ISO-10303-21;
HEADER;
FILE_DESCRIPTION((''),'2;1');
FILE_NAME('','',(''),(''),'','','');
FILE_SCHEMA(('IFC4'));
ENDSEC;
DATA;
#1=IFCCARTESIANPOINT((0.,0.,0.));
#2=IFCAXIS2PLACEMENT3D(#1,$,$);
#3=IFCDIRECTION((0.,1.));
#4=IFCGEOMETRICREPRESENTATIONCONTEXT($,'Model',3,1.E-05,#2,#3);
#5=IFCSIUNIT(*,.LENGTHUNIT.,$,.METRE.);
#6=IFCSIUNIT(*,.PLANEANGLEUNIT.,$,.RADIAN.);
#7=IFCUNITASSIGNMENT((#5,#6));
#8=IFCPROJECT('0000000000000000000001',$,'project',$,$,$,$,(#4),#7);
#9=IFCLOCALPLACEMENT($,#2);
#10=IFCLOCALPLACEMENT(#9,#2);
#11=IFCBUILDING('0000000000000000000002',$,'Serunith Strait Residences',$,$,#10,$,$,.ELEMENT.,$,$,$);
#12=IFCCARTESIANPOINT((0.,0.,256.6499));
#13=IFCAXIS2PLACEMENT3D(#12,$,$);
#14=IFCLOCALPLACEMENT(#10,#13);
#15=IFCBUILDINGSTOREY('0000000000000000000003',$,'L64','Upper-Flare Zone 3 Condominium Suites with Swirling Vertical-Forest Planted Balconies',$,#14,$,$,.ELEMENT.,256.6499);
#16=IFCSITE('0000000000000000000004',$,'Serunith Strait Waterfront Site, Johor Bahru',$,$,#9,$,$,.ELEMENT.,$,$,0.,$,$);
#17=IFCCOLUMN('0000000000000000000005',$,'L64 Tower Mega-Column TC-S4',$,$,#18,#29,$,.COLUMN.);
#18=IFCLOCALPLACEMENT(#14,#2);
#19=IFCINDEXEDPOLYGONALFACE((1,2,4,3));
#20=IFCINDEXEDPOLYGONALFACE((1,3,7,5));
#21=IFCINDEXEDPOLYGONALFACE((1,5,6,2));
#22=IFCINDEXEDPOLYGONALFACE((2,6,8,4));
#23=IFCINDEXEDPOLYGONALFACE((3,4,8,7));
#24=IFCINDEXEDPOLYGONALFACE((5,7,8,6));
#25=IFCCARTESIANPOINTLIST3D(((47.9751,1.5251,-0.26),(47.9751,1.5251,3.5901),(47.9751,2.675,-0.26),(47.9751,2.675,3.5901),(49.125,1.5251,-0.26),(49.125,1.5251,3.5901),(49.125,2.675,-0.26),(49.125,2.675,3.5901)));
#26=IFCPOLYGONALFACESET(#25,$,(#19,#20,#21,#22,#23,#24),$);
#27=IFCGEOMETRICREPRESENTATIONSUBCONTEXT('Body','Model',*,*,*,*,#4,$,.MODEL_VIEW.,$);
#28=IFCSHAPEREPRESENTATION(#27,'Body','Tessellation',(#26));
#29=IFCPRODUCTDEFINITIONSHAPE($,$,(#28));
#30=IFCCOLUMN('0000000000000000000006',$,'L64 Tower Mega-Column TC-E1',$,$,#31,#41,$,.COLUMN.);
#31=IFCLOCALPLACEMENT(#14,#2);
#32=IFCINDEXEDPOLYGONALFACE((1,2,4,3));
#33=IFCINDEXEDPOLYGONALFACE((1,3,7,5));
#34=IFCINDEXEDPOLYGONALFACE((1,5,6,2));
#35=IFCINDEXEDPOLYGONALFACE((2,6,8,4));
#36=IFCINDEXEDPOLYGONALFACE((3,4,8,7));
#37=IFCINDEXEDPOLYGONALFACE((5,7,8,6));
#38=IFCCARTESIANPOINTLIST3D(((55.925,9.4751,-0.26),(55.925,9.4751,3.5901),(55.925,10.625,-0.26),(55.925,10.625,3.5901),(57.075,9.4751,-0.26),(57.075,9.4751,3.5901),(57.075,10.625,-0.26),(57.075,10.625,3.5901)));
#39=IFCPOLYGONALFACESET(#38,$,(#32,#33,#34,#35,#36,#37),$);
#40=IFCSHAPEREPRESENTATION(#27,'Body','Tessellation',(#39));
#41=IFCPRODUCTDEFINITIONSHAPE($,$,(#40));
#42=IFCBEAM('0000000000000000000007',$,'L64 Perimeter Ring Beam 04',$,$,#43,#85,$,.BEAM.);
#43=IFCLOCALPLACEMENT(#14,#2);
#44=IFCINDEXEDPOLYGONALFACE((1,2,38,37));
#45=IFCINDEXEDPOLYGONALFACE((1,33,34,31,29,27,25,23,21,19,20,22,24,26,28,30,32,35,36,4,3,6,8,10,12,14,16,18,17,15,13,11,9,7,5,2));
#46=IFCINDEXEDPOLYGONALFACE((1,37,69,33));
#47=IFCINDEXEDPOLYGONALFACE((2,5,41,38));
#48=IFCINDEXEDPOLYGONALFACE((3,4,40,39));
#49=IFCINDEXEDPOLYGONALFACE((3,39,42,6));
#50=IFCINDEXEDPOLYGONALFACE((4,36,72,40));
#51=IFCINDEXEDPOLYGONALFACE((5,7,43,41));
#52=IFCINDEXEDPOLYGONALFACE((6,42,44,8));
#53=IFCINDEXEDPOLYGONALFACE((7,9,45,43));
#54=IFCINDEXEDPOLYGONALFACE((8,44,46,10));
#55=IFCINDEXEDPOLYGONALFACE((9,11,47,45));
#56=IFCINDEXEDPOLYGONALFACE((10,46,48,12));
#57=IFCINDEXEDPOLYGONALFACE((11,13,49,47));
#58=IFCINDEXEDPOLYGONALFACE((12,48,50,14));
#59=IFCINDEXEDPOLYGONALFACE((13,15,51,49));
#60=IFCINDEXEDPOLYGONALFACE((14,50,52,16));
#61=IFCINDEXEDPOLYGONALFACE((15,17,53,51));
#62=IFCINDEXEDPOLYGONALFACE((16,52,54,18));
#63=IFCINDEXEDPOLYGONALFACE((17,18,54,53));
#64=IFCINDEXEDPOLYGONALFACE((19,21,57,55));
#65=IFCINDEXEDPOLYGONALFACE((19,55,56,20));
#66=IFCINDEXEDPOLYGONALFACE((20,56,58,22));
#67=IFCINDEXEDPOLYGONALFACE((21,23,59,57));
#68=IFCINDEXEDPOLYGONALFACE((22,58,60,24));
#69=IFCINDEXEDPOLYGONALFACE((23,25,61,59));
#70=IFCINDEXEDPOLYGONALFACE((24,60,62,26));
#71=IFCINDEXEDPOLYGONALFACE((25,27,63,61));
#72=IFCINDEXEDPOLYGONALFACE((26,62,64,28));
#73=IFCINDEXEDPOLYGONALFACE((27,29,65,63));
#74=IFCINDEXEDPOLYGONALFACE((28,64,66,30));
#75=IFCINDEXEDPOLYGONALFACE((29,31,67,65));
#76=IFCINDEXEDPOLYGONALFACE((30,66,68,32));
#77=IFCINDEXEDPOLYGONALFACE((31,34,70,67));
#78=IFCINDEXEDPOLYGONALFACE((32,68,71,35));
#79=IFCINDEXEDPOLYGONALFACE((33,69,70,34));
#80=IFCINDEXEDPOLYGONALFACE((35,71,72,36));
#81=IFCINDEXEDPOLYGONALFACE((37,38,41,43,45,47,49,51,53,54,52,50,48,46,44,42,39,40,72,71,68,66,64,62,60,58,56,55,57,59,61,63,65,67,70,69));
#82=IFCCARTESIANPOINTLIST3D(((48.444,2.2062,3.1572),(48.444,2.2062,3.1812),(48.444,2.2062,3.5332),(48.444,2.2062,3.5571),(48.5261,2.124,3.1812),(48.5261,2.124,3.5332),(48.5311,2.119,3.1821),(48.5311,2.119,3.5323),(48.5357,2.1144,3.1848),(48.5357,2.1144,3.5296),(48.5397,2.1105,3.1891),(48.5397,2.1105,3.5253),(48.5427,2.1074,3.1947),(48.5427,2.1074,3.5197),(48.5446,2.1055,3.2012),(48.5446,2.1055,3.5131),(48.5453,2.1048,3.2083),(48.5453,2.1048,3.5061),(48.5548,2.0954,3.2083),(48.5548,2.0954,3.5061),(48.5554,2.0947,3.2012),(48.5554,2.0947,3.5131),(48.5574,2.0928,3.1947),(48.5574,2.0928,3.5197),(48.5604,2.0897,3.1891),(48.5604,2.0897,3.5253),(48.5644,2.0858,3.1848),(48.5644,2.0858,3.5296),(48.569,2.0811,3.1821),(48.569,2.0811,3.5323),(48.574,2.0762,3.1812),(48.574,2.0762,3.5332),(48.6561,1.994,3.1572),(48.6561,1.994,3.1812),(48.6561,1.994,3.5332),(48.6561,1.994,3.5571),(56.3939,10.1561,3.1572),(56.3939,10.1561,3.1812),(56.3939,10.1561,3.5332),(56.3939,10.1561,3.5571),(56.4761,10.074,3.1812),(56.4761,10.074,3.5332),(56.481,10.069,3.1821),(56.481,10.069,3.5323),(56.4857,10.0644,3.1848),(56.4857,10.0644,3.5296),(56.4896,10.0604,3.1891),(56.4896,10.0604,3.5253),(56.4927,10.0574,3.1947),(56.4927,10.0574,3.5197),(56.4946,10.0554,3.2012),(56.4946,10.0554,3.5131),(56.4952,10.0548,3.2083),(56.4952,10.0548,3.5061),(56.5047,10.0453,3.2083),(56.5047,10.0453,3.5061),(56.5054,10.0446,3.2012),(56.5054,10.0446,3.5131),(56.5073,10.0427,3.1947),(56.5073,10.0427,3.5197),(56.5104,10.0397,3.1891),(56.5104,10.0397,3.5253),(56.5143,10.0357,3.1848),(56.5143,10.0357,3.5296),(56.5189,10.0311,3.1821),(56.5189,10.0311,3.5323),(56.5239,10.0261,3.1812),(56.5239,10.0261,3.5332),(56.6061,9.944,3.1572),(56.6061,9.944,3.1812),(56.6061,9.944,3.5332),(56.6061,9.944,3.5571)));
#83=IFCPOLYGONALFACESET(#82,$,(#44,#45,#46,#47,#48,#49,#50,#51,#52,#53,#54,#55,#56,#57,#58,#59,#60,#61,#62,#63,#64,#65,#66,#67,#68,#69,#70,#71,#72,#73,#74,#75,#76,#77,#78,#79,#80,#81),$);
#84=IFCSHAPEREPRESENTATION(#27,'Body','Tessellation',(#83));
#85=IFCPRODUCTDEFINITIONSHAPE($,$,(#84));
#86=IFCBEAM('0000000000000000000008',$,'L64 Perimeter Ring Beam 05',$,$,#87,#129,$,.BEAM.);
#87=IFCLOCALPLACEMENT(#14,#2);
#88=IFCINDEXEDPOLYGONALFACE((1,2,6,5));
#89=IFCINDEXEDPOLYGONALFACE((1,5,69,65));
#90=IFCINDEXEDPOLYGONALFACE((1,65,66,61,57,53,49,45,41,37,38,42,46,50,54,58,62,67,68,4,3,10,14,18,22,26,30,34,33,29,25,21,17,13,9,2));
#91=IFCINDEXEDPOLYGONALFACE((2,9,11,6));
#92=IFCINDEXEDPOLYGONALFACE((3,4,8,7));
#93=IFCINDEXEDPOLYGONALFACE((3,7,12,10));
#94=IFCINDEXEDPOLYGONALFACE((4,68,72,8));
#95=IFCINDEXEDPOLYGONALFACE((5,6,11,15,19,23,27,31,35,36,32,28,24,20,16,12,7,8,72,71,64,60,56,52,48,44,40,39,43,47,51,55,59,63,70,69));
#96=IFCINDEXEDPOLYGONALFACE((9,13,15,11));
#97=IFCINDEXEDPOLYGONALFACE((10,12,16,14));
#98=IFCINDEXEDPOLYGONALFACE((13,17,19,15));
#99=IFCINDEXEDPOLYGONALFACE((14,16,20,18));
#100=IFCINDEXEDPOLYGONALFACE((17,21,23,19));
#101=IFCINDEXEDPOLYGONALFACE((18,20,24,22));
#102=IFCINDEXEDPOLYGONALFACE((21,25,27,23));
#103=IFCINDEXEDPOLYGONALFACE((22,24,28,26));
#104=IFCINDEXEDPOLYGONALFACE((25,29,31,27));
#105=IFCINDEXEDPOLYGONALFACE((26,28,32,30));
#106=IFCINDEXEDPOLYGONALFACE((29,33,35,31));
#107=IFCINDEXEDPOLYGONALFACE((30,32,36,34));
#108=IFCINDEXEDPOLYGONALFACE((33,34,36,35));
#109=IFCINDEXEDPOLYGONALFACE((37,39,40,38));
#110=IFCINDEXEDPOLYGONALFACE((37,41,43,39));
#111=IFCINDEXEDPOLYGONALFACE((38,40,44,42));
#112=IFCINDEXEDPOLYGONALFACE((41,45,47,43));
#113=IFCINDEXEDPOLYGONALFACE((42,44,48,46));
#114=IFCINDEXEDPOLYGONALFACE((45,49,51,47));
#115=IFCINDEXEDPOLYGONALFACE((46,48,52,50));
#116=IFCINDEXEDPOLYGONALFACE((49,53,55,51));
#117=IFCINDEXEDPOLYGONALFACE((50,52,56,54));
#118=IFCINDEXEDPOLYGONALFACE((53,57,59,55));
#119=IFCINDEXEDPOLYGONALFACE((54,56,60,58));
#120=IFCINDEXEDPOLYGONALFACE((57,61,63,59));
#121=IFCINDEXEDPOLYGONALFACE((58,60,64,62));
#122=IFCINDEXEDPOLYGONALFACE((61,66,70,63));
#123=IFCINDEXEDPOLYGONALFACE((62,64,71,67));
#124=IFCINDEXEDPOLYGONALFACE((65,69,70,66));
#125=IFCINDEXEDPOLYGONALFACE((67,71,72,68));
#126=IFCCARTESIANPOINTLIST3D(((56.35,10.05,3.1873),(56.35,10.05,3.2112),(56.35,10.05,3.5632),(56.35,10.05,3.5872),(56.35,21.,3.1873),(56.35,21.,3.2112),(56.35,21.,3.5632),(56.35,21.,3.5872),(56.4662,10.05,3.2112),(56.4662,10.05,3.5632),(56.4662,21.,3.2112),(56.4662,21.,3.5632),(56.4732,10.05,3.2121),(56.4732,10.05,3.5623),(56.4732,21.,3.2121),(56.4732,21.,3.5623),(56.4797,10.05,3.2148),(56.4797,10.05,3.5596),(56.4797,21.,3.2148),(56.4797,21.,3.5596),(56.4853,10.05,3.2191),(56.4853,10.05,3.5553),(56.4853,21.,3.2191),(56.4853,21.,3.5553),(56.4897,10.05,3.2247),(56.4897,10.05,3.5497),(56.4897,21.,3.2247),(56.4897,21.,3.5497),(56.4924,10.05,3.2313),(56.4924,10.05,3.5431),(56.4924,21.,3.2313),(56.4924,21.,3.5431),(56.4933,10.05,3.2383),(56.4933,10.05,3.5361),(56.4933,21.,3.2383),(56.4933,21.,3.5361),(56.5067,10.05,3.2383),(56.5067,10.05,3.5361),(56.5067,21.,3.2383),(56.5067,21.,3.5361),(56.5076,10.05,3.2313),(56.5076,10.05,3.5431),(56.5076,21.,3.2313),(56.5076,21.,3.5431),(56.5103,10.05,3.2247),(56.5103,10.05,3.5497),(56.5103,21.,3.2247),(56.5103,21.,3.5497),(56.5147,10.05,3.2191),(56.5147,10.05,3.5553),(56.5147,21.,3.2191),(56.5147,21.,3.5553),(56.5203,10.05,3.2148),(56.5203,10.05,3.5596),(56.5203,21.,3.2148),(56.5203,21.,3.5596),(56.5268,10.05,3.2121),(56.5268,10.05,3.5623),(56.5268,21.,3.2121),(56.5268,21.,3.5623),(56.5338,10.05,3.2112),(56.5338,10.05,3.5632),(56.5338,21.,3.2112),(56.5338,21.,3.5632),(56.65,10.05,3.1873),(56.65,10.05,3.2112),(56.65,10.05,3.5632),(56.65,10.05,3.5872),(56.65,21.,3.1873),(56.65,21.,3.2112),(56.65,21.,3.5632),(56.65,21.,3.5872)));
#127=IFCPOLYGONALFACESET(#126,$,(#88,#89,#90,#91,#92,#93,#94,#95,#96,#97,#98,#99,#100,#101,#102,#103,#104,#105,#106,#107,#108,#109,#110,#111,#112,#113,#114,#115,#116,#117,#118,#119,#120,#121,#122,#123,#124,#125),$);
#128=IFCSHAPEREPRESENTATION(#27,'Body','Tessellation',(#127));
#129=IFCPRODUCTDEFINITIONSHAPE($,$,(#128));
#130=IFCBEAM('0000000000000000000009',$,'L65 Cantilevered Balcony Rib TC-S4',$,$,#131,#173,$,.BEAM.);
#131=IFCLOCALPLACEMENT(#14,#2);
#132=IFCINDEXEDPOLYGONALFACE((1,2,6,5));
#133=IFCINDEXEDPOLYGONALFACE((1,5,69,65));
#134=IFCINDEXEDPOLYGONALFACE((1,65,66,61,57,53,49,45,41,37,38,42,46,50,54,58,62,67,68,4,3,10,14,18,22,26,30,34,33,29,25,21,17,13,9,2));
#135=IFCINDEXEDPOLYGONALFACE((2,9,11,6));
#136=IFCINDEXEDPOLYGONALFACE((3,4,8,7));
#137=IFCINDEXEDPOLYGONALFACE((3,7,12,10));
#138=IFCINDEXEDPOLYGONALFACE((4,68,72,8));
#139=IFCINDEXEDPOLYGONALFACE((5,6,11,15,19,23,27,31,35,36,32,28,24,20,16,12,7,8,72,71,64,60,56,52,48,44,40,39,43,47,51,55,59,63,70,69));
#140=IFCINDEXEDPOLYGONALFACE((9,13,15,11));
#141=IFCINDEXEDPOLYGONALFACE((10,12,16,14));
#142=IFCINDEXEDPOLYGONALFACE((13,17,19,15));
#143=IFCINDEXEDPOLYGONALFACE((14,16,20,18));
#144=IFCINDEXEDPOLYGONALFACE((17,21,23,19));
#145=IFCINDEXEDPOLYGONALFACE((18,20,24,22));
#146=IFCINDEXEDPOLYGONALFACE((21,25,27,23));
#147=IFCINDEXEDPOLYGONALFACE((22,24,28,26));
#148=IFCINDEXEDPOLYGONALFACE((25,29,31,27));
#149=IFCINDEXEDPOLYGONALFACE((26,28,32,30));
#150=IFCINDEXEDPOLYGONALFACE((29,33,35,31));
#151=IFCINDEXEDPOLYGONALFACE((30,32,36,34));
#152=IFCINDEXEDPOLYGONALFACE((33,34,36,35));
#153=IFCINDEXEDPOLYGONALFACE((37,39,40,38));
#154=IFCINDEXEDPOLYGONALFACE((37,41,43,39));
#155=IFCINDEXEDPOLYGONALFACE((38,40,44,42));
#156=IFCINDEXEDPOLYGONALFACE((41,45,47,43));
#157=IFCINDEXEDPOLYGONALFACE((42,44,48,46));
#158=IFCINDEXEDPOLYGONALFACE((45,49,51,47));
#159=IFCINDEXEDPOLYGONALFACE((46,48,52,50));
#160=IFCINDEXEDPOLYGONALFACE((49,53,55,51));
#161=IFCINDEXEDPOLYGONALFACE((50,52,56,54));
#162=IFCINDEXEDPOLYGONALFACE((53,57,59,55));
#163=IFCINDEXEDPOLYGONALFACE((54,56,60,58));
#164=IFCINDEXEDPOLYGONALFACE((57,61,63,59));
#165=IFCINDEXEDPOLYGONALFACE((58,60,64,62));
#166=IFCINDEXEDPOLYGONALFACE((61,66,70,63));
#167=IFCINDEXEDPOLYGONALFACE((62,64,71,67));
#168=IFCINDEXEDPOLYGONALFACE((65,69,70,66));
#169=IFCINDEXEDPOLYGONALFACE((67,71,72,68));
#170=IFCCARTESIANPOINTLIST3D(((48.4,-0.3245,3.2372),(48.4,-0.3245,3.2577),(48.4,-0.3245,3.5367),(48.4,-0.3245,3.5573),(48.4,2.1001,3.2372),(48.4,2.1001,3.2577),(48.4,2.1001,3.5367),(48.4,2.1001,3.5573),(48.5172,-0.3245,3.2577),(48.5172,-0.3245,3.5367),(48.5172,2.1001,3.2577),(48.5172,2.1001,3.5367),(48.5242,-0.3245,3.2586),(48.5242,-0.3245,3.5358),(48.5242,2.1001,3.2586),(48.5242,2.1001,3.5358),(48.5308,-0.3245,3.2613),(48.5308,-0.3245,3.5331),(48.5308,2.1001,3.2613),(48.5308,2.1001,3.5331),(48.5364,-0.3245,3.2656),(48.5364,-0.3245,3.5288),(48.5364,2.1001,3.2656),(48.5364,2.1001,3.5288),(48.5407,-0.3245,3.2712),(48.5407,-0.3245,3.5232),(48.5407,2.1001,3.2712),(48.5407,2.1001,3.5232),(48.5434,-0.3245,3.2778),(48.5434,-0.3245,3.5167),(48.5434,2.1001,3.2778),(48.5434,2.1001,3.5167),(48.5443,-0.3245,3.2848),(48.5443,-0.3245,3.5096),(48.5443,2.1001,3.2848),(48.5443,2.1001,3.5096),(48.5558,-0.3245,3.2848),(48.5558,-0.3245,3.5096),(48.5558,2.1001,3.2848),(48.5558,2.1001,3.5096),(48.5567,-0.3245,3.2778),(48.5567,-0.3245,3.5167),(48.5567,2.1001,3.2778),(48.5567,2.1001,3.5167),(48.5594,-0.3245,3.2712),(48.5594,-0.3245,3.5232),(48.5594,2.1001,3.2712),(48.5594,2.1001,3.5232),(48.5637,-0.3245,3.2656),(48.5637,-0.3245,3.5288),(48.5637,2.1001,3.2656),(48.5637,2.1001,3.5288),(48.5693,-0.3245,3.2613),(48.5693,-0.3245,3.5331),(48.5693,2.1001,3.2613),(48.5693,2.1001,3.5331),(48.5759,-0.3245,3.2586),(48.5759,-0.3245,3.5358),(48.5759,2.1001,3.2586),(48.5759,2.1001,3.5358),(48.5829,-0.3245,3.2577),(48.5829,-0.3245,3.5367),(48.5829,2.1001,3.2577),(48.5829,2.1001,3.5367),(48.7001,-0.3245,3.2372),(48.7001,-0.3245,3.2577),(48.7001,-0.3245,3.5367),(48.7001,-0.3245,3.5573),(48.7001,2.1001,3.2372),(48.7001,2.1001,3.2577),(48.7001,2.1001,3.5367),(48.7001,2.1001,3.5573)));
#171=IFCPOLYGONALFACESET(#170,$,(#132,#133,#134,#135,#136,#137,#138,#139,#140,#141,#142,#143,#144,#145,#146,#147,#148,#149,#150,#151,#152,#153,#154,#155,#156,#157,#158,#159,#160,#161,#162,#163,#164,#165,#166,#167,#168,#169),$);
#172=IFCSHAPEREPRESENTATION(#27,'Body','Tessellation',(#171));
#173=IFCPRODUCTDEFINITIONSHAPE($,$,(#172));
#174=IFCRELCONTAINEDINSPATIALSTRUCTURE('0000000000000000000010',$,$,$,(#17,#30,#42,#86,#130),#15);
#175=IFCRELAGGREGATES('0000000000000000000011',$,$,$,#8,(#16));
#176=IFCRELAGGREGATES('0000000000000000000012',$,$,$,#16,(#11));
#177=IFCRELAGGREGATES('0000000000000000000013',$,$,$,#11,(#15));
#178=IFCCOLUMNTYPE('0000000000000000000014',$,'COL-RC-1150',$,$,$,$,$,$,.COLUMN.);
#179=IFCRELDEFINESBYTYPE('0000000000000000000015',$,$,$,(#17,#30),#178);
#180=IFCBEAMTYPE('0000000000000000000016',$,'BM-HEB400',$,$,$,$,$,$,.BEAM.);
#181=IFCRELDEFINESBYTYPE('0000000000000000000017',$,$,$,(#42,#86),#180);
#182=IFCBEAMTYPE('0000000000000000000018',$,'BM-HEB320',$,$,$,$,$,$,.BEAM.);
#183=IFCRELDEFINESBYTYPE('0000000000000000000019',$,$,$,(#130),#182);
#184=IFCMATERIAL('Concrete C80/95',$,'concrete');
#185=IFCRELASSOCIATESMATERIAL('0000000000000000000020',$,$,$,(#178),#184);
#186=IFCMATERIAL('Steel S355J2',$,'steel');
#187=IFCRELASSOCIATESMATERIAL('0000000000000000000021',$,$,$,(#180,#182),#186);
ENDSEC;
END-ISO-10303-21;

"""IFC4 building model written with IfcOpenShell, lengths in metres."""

from ifc_helpers import new_model, si_unit, direction, frame, origin, origin_2d, place, context, subcontext, project, spatial, rectangle, i_section, extrude, source, transform, mapped, material, material_profile, profile_set, type_object, element, save


model = new_model("IFC4")

# Units and contexts
model_context = context("Model", 3, precision=1e-05, world=origin(), true_north=direction((0.0, 1.0)))
body_context = subcontext(model_context, "Body", "Model", "MODEL_VIEW")
ifc_project = project(units=[si_unit("LENGTHUNIT", "METRE"), si_unit("PLANEANGLEUNIT", "RADIAN")], contexts=[model_context])

# Site, building, storey
site_placement = place(None, origin())
site = spatial("IfcSite", under=ifc_project, at=site_placement, Name="Serunith Strait Waterfront Site, Johor Bahru", CompositionType="ELEMENT", RefElevation=0.0)
building_placement = place(site_placement, origin())
building = spatial("IfcBuilding", under=site, at=building_placement, Name="Serunith Strait Residences", CompositionType="ELEMENT")
storey_placement = place(building_placement, frame((0.0, 0.0, 256.6499)))
storey = spatial("IfcBuildingStorey", under=building, at=storey_placement, Name="L64", Description="Upper-Flare Zone 3 Condominium Suites with Swirling Vertical-Forest Planted Balconies", CompositionType="ELEMENT", Elevation=256.6499)

# Columns
ifc_material_1 = material(Name="Concrete C80/95", Category="concrete")
ifc_material_profile_1 = material_profile(ifc_material_1, rectangle(XDim=1.1499, YDim=1.1499, at=origin_2d()), Name="RC 1150x1150")
ifc_profile_set_1 = profile_set([ifc_material_profile_1], Name="Concrete C80/95")
column_type = type_object("IfcColumnType", Name="COL-RC-1150", PredefinedType="COLUMN", material=ifc_profile_set_1)
shared_shape_1 = source(origin(), body_context, "Body", "SweptSolid", [
    extrude(rectangle(XDim=1.1499, YDim=1.1499, at=origin_2d()), origin(), (0.0, 0.0, 1.0), 3.8501),
])
for number, where, z_axis, x_axis, name in (
    (1, (48.55, 2.1001, -0.26), (0.0, 0.0, 1.0), (1.0, 0.0, 0.0), "L64 Tower Mega-Column TC-S4"),
    (2, (56.5, 10.05, -0.26), (0.0, 0.0, 1.0), (1.0, 0.0, 0.0), "L64 Tower Mega-Column TC-E1"),
):
    element("IfcColumn", number, at=place(storey_placement, frame(where, z_axis=z_axis, x_axis=x_axis)), inside=storey, type_object=column_type, Name=name, PredefinedType="COLUMN", context=body_context, shape_type="MappedRepresentation", body=[
        mapped(shared_shape_1, transform((0.0, 0.0, 0.0), scale=1.0)),
    ])

# Beams
ifc_material_2 = material(Name="Steel S355J2", Category="steel")
ifc_material_profile_2 = material_profile(ifc_material_2, i_section(OverallWidth=0.3, OverallDepth=0.3999, WebThickness=0.0134, FlangeThickness=0.0239, FilletRadius=0.0271, at=origin_2d()), Name="HEB 400")
ifc_profile_set_2 = profile_set([ifc_material_profile_2], Name="Steel S355J2")
beam_type_1 = type_object("IfcBeamType", Name="BM-HEB400", PredefinedType="BEAM", material=ifc_profile_set_2)
shared_shape_2 = source(origin(), body_context, "Body", "SweptSolid", [
    extrude(i_section(OverallWidth=0.3, OverallDepth=0.3999, WebThickness=0.0134, FlangeThickness=0.0239, FilletRadius=0.0271, at=origin_2d()), origin(), (0.0, 0.0, 1.0), 11.2429),
])
beam_1_placement = place(storey_placement, frame((48.55, 2.1001, 3.3572), z_axis=(0.707107, 0.707107, 0.0), x_axis=(-0.707107, 0.707107, 0.0)))
element("IfcBeam", 3, at=beam_1_placement, inside=storey, type_object=beam_type_1, Name="L64 Perimeter Ring Beam 04", PredefinedType="BEAM", context=body_context, shape_type="MappedRepresentation", body=[
    mapped(shared_shape_2, transform((0.0, 0.0, 0.0), scale=1.0)),
])
shared_shape_3 = source(origin(), body_context, "Body", "SweptSolid", [
    extrude(i_section(OverallWidth=0.3, OverallDepth=0.3999, WebThickness=0.0134, FlangeThickness=0.0239, FilletRadius=0.0271, at=origin_2d()), origin(), (0.0, 0.0, 1.0), 10.95),
])
beam_2_placement = place(storey_placement, frame((56.5, 10.05, 3.3872), z_axis=(0.0, 1.0, 0.0), x_axis=(-1.0, 0.0, 0.0)))
element("IfcBeam", 4, at=beam_2_placement, inside=storey, type_object=beam_type_1, Name="L64 Perimeter Ring Beam 05", PredefinedType="BEAM", context=body_context, shape_type="MappedRepresentation", body=[
    mapped(shared_shape_3, transform((0.0, 0.0, 0.0), scale=1.0)),
])
ifc_material_profile_3 = material_profile(ifc_material_2, i_section(OverallWidth=0.3, OverallDepth=0.3201, WebThickness=0.0115, FlangeThickness=0.0205, FilletRadius=0.0271, at=origin_2d()), Name="HEB 320")
ifc_profile_set_3 = profile_set([ifc_material_profile_3], Name="Steel S355J2")
beam_type_2 = type_object("IfcBeamType", Name="BM-HEB320", PredefinedType="BEAM", material=ifc_profile_set_3)
shared_shape_4 = source(origin(), body_context, "Body", "SweptSolid", [
    extrude(i_section(OverallWidth=0.3, OverallDepth=0.3201, WebThickness=0.0115, FlangeThickness=0.0205, FilletRadius=0.0271, at=origin_2d()), origin(), (0.0, 0.0, 1.0), 2.4246),
])
beam_3_placement = place(storey_placement, frame((48.55, 2.1001, 3.3972), z_axis=(0.0, -1.0, 0.0), x_axis=(1.0, 0.0, 0.0)))
element("IfcBeam", 5, at=beam_3_placement, inside=storey, type_object=beam_type_2, Name="L65 Cantilevered Balcony Rib TC-S4", PredefinedType="BEAM", context=body_context, shape_type="MappedRepresentation", body=[
    mapped(shared_shape_4, transform((0.0, 0.0, 0.0), scale=1.0)),
])

save(model, "model.ifc")
